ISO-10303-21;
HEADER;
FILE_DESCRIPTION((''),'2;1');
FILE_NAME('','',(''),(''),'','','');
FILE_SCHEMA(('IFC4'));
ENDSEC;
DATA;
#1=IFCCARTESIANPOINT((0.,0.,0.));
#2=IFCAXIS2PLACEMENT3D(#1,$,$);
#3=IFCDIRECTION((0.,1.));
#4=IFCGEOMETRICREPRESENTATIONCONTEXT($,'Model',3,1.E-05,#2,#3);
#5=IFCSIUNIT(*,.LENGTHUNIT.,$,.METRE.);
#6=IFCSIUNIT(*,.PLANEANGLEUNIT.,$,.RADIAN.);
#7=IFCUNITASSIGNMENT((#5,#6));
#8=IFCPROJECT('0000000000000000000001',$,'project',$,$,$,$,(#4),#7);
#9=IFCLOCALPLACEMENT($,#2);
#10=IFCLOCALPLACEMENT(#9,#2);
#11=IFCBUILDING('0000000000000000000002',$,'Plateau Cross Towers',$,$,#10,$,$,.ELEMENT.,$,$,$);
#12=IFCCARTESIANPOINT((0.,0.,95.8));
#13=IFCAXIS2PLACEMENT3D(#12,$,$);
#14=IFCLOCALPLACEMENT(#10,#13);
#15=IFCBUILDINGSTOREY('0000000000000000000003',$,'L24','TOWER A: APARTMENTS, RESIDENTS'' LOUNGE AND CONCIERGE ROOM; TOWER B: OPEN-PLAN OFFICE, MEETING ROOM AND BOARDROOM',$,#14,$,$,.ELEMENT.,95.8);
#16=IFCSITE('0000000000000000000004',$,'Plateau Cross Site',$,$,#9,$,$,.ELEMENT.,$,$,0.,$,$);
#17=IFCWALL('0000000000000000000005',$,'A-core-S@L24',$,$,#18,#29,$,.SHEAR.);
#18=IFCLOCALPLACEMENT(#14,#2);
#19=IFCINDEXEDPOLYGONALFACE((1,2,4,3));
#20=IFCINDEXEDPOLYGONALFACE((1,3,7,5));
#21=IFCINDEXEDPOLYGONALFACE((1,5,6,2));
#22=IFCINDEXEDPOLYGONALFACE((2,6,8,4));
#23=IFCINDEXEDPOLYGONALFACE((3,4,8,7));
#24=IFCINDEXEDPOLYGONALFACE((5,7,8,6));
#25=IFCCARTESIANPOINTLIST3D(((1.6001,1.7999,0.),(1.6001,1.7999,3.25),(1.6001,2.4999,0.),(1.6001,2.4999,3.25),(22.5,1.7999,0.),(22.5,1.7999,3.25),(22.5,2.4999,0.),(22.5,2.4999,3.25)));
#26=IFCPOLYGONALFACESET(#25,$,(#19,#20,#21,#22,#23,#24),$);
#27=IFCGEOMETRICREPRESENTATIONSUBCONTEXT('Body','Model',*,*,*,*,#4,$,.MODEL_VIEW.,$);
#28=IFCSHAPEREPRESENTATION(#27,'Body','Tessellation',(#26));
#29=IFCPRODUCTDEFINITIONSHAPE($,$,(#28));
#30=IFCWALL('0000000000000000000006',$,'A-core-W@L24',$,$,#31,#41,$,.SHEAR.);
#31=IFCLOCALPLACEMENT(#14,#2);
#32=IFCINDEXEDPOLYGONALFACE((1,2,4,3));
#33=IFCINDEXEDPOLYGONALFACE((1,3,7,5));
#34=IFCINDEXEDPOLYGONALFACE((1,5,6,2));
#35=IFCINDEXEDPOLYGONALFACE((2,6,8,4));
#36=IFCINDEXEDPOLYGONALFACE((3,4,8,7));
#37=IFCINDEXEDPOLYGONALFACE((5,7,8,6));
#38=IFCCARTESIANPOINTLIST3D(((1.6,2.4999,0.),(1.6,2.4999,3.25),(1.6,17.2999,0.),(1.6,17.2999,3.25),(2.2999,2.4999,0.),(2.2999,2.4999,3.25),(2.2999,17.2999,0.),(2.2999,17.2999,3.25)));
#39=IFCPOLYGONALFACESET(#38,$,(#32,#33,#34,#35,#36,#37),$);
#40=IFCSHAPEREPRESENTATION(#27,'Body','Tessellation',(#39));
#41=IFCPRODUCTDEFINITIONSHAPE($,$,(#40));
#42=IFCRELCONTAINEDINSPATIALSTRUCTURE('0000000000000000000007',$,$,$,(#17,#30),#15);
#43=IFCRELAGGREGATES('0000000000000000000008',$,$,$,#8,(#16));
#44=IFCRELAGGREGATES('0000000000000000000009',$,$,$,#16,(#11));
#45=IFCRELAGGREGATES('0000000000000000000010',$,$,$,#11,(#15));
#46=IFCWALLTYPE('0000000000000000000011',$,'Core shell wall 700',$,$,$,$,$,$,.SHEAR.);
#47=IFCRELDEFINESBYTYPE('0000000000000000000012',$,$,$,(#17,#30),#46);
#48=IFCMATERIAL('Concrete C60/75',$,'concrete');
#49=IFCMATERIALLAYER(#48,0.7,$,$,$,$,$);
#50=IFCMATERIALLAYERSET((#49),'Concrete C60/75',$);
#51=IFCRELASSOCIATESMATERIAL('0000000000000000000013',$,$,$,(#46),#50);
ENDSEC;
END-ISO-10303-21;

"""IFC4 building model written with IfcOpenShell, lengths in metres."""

from ifc_helpers import new_model, si_unit, direction, frame, frame_2d, origin, place, context, subcontext, project, spatial, rectangle, extrude, material, layer, layer_set, type_object, element, save


model = new_model("IFC4")

# Units and contexts
model_context = context("Model", 3, precision=1e-05, world=origin(), true_north=direction((0.0, 1.0)))
body_context = subcontext(model_context, "Body", "Model", "MODEL_VIEW")
ifc_project = project(units=[si_unit("LENGTHUNIT", "METRE"), si_unit("PLANEANGLEUNIT", "RADIAN")], contexts=[model_context])

# Site, building, storey
site_placement = place(None, origin())
site = spatial("IfcSite", under=ifc_project, at=site_placement, Name="Plateau Cross Site", CompositionType="ELEMENT", RefElevation=0.0)
building_placement = place(site_placement, origin())
building = spatial("IfcBuilding", under=site, at=building_placement, Name="Plateau Cross Towers", CompositionType="ELEMENT")
storey_placement = place(building_placement, frame((0.0, 0.0, 95.8)))
storey = spatial("IfcBuildingStorey", under=building, at=storey_placement, Name="L24", Description="TOWER A: APARTMENTS, RESIDENTS' LOUNGE AND CONCIERGE ROOM; TOWER B: OPEN-PLAN OFFICE, MEETING ROOM AND BOARDROOM", CompositionType="ELEMENT", Elevation=95.8)

# Shared definitions
ifc_material_1 = material(Name="Concrete C60/75", Category="concrete")

# Walls
ifc_layer_1 = layer(ifc_material_1, 0.7)
ifc_layer_set_1 = layer_set([ifc_layer_1], Name="Concrete C60/75")
wall_type_1 = type_object("IfcWallType", Name="Core shell wall 700", PredefinedType="SHEAR", material=ifc_layer_set_1)
wall_1_placement = place(storey_placement, frame((1.6001, 2.1499, 0.0), z_axis=(0.0, 0.0, 1.0), x_axis=(1.0, 0.0, 0.0)))
element("IfcWall", 1, at=wall_1_placement, inside=storey, type_object=wall_type_1, Name="A-core-S@L24", PredefinedType="SHEAR", context=body_context, shape_type="SweptSolid", body=[
    extrude(rectangle(XDim=20.8999, YDim=0.7, at=frame_2d((10.45, 0.0))), origin(), (0.0, 0.0, 1.0), 3.25),
])
wall_2_placement = place(storey_placement, frame((1.95, 2.5, 0.0), z_axis=(0.0, 0.0, 1.0), x_axis=(0.0, 1.0, 0.0)))
element("IfcWall", 2, at=wall_2_placement, inside=storey, type_object=wall_type_1, Name="A-core-W@L24", PredefinedType="SHEAR", context=body_context, shape_type="SweptSolid", body=[
    extrude(rectangle(XDim=14.8, YDim=0.7, at=frame_2d((7.3999, 0.0))), origin(), (0.0, 0.0, 1.0), 3.25),
])

save(model, "model.ifc")
